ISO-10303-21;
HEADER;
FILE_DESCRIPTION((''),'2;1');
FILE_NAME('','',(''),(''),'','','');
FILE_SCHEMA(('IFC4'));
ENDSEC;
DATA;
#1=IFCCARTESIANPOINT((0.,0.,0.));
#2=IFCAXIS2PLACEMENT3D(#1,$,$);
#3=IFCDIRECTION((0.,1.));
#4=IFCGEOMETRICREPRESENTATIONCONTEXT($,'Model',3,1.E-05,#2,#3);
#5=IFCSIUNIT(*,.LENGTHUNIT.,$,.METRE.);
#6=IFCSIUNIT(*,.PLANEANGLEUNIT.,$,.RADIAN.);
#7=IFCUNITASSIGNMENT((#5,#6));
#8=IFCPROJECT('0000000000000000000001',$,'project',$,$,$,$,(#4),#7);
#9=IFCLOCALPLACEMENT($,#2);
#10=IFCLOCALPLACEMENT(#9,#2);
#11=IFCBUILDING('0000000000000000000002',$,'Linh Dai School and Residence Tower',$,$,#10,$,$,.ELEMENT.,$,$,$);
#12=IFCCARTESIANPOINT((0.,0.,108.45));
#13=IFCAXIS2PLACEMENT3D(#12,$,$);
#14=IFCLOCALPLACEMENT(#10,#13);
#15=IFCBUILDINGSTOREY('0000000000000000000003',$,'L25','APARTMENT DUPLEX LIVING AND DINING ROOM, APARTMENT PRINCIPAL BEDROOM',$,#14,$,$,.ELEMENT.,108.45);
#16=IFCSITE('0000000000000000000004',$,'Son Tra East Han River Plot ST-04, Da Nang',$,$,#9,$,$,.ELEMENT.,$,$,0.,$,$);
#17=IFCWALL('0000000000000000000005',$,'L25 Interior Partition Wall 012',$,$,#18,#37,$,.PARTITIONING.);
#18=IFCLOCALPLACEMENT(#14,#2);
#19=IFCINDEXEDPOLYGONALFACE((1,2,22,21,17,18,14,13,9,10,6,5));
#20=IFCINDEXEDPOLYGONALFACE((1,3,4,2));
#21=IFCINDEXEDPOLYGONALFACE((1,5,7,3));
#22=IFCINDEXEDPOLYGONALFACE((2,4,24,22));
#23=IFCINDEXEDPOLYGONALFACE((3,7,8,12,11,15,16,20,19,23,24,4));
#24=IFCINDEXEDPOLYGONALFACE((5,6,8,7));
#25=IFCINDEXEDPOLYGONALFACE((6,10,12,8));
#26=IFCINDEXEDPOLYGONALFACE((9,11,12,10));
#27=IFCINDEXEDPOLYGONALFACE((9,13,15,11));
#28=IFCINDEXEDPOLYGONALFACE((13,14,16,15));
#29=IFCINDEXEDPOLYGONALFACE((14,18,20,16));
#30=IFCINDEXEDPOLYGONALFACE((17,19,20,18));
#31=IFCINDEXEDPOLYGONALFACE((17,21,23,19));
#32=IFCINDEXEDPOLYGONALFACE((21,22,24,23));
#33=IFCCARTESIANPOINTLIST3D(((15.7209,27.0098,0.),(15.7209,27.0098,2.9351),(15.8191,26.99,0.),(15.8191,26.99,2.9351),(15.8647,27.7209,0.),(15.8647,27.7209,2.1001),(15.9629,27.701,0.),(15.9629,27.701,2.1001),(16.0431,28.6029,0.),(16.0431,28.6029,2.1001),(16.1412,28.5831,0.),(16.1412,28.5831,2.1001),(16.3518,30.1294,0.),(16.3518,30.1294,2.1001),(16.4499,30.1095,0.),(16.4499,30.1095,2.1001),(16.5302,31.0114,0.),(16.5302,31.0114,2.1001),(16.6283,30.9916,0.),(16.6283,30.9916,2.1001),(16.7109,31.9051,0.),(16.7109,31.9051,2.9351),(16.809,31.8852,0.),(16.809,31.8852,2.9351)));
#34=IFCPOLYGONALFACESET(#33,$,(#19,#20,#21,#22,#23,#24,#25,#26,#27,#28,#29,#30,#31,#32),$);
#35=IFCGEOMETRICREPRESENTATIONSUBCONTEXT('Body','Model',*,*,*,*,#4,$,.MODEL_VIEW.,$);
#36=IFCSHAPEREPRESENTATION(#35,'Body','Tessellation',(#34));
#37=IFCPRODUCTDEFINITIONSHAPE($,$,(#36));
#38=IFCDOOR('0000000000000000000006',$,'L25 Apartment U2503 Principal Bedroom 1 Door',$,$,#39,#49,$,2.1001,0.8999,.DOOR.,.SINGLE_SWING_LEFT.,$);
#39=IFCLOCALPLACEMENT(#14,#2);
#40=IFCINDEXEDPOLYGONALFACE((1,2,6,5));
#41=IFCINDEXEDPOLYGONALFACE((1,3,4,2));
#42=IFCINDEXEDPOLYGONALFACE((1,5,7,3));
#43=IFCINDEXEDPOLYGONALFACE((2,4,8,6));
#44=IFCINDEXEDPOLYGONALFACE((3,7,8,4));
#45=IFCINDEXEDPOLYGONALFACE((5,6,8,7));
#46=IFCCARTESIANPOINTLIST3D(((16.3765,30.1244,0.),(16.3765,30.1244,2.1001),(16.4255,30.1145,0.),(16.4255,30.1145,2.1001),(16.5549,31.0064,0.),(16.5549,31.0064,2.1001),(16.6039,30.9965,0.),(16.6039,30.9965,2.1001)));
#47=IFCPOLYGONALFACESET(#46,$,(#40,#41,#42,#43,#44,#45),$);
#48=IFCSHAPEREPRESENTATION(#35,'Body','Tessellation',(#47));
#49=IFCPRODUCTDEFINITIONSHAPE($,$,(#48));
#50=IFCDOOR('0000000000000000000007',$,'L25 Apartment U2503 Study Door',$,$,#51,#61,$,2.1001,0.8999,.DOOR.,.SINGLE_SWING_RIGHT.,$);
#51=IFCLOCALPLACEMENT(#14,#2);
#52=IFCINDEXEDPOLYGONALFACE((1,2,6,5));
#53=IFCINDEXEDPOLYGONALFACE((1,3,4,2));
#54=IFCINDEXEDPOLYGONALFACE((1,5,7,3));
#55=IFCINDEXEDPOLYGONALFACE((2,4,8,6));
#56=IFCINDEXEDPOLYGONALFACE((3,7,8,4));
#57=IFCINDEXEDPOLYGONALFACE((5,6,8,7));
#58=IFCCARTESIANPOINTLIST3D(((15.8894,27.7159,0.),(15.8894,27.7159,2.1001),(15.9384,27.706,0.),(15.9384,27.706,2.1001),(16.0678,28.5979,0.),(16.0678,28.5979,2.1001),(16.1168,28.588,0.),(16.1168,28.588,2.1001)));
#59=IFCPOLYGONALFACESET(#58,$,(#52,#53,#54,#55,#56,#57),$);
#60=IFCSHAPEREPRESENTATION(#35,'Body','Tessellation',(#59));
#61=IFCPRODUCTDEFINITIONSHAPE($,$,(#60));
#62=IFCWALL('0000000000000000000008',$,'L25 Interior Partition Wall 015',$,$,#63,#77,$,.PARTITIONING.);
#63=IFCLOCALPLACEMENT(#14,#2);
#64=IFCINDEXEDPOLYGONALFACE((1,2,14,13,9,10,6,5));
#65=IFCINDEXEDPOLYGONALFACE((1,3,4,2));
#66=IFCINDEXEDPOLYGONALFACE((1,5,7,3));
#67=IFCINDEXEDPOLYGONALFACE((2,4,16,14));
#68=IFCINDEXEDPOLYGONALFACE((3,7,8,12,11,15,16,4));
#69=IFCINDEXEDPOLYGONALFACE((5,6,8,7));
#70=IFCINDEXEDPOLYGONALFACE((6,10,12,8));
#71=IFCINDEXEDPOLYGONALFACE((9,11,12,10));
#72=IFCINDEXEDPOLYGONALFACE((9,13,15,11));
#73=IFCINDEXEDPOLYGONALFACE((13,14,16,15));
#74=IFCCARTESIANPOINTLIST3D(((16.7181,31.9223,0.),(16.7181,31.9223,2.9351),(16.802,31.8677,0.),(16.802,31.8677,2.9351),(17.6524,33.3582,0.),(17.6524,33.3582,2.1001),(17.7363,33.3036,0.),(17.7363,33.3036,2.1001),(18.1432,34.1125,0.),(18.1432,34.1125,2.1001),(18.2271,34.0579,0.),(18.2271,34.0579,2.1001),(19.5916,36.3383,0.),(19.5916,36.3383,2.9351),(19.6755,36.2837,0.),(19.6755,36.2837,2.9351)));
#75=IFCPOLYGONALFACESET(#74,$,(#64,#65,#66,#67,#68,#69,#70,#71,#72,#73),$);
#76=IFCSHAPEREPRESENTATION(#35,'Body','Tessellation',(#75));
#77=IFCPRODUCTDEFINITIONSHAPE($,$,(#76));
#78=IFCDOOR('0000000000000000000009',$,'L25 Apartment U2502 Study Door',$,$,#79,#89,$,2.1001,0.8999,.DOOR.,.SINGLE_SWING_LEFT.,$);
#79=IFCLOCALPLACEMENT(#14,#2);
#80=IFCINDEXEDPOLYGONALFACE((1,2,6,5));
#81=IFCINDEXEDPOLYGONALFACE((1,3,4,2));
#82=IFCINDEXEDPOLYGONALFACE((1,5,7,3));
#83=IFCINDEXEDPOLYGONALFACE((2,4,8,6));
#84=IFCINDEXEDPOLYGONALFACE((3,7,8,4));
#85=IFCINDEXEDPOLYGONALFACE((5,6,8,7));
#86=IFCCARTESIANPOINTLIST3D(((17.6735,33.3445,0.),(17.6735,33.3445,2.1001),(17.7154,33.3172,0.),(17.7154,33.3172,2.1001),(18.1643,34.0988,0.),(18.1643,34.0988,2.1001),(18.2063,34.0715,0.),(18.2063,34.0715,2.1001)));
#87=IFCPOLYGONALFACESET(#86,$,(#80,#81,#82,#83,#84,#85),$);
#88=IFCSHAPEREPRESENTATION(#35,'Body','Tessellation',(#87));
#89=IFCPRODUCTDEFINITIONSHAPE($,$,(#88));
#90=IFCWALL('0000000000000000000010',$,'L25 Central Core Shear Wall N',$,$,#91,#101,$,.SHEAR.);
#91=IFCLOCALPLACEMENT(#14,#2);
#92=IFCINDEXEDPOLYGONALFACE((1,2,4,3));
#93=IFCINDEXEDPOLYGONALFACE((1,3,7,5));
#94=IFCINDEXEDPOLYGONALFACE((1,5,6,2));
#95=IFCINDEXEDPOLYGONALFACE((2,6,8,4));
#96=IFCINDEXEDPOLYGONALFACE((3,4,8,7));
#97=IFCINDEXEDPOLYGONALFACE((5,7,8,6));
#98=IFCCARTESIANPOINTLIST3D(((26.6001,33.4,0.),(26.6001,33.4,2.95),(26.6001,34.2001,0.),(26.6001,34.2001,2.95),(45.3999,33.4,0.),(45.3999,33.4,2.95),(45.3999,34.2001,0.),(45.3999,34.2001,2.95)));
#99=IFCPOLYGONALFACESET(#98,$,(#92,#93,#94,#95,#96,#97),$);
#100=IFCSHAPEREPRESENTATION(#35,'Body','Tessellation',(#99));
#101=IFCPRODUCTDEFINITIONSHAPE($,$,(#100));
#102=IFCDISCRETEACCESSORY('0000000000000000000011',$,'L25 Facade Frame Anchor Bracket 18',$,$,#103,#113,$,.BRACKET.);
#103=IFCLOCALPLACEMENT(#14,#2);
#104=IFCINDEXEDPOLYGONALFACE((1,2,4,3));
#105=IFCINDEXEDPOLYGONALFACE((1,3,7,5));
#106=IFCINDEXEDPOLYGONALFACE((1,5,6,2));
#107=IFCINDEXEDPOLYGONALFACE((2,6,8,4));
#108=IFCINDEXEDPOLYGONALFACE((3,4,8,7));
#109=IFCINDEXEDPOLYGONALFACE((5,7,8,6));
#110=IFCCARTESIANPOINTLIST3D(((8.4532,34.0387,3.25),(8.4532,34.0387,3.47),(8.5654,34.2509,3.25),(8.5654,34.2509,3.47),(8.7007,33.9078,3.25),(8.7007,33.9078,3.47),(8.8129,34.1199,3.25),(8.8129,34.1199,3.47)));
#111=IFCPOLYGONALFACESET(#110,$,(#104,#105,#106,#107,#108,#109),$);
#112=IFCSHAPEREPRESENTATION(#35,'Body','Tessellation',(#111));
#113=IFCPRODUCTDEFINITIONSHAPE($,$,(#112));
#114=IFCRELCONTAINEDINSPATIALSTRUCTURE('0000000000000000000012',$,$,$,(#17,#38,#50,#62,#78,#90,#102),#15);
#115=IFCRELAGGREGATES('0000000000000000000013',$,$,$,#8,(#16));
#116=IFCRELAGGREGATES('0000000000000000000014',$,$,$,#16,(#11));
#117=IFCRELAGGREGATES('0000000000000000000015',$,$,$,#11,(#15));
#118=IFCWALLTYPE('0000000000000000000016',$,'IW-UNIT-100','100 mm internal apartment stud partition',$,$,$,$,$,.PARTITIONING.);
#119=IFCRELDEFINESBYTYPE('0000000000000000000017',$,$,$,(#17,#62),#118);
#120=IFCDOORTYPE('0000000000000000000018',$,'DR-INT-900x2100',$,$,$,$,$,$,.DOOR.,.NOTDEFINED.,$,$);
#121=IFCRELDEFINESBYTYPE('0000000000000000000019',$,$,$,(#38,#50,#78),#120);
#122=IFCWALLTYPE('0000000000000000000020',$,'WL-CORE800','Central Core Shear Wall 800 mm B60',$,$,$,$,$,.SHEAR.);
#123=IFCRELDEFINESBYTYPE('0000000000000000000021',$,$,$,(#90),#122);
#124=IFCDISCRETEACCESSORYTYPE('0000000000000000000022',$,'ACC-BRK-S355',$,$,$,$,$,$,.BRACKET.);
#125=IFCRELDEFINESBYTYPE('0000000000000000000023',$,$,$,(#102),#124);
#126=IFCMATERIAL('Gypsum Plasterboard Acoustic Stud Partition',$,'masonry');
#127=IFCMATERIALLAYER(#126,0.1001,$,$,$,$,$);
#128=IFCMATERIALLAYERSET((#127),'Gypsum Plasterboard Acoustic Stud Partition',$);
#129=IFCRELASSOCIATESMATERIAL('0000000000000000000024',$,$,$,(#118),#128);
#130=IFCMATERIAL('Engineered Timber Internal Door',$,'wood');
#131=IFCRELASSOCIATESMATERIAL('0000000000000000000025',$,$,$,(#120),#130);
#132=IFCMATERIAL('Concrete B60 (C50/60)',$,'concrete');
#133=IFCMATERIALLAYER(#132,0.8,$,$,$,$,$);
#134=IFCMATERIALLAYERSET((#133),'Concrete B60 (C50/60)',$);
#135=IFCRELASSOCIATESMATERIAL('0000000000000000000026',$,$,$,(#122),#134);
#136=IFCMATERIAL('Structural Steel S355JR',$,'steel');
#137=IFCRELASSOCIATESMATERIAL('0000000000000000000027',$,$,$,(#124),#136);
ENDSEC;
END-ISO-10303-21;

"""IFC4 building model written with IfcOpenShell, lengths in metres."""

from ifc_helpers import new_model, si_unit, direction, frame, frame_2d, origin, origin_2d, place, context, subcontext, project, spatial, rectangle, extrude, source, transform, mapped, material, layer, layer_set, type_object, element, fill, save


model = new_model("IFC4")

# Units and contexts
model_context = context("Model", 3, precision=1e-05, world=origin(), true_north=direction((0.0, 1.0)))
body_context = subcontext(model_context, "Body", "Model", "MODEL_VIEW")
ifc_project = project(units=[si_unit("LENGTHUNIT", "METRE"), si_unit("PLANEANGLEUNIT", "RADIAN")], contexts=[model_context])

# Site, building, storey
site_placement = place(None, origin())
site = spatial("IfcSite", under=ifc_project, at=site_placement, Name="Son Tra East Han River Plot ST-04, Da Nang", CompositionType="ELEMENT", RefElevation=0.0)
building_placement = place(site_placement, origin())
building = spatial("IfcBuilding", under=site, at=building_placement, Name="Linh Dai School and Residence Tower", CompositionType="ELEMENT")
storey_placement = place(building_placement, frame((0.0, 0.0, 108.45)))
storey = spatial("IfcBuildingStorey", under=building, at=storey_placement, Name="L25", Description="APARTMENT DUPLEX LIVING AND DINING ROOM, APARTMENT PRINCIPAL BEDROOM", CompositionType="ELEMENT", Elevation=108.45)

# Shared definitions
ifc_material_1 = material(Name="Concrete B60 (C50/60)", Category="concrete")
ifc_material_2 = material(Name="Structural Steel S355JR", Category="steel")

# Shared definitions
ifc_material_3 = material(Name="Gypsum Plasterboard Acoustic Stud Partition", Category="masonry")
ifc_layer_1 = layer(ifc_material_3, 0.1001)
ifc_layer_set_1 = layer_set([ifc_layer_1], Name="Gypsum Plasterboard Acoustic Stud Partition")
wall_type_1 = type_object("IfcWallType", Name="IW-UNIT-100", Description="100 mm internal apartment stud partition", PredefinedType="PARTITIONING", material=ifc_layer_set_1)

# Wall, openings, doors
wall_1_placement = place(storey_placement, frame((15.77, 27.0, 0.0), z_axis=(0.0, 0.0, 1.0), x_axis=(0.198221, 0.980157, 0.0)))
wall_1 = element("IfcWall", 1, at=wall_1_placement, inside=storey, type_object=wall_type_1, Name="L25 Interior Partition Wall 012", PredefinedType="PARTITIONING", context=body_context, shape_type="SweptSolid", body=[
    extrude(rectangle(XDim=4.9944, YDim=0.1001, at=frame_2d((2.4971, 0.0))), origin(), (0.0, 0.0, 1.0), 2.9351),
])
opening_1_placement = place(wall_1_placement, frame((3.1826, 0.0, 0.0)))
opening_1 = element("IfcOpeningElement", 2, at=opening_1_placement, cuts=wall_1, PredefinedType="OPENING", context=body_context, shape_type="SweptSolid", body=[
    extrude(rectangle(XDim=0.8999, YDim=2.1001, at=origin_2d()), frame((0.45, 0.0601, 1.05), z_axis=(0.0, -1.0, 0.0), x_axis=(1.0, 0.0, 0.0)), (0.0, 0.0, 1.0), 0.1201),
])
opening_2_placement = place(wall_1_placement, frame((0.7253, 0.0, 0.0)))
opening_2 = element("IfcOpeningElement", 3, at=opening_2_placement, cuts=wall_1, PredefinedType="OPENING", context=body_context, shape_type="SweptSolid", body=[
    extrude(rectangle(XDim=0.8999, YDim=2.1001, at=origin_2d()), frame((0.45, 0.0601, 1.05), z_axis=(0.0, -1.0, 0.0), x_axis=(1.0, 0.0, 0.0)), (0.0, 0.0, 1.0), 0.1201),
])
ifc_material_4 = material(Name="Engineered Timber Internal Door", Category="wood")
door_type = type_object("IfcDoorType", Name="DR-INT-900x2100", OperationType="NOTDEFINED", PredefinedType="DOOR", material=ifc_material_4)
shared_shape_1 = source(origin(), body_context, "Body", "SweptSolid", [
    extrude(rectangle(XDim=0.8999, YDim=2.1001, at=origin_2d()), frame((0.45, 0.0249, 1.05), z_axis=(0.0, -1.0, 0.0), x_axis=(1.0, 0.0, 0.0)), (0.0, 0.0, 1.0), 0.05),
])
door_1_placement = place(opening_1_placement, origin())
door_1 = element("IfcDoor", 4, at=door_1_placement, inside=storey, type_object=door_type, Name="L25 Apartment U2503 Principal Bedroom 1 Door", OperationType="SINGLE_SWING_LEFT", OverallHeight=2.1001, OverallWidth=0.8999, PredefinedType="DOOR", context=body_context, shape_type="MappedRepresentation", body=[
    mapped(shared_shape_1, transform((0.0, 0.0, 0.0), x_axis=(1.0, 0.0, 0.0), y_axis=(0.0, 1.0, 0.0), z_axis=(0.0, 0.0, 1.0), scale=1.0)),
])
fill(opening_1, door_1)
door_2_placement = place(opening_2_placement, origin())
door_2 = element("IfcDoor", 5, at=door_2_placement, inside=storey, type_object=door_type, Name="L25 Apartment U2503 Study Door", OperationType="SINGLE_SWING_RIGHT", OverallHeight=2.1001, OverallWidth=0.8999, PredefinedType="DOOR", context=body_context, shape_type="MappedRepresentation", body=[
    mapped(shared_shape_1, transform((0.0, 0.0, 0.0), x_axis=(1.0, 0.0, 0.0), y_axis=(0.0, 1.0, 0.0), z_axis=(0.0, 0.0, 1.0), scale=1.0)),
])
fill(opening_2, door_2)

# Wall, opening, door
wall_2_placement = place(storey_placement, frame((16.76, 31.895, 0.0), z_axis=(0.0, 0.0, 1.0), x_axis=(0.545405, 0.838172, 0.0)))
wall_2 = element("IfcWall", 6, at=wall_2_placement, inside=storey, type_object=wall_type_1, Name="L25 Interior Partition Wall 015", PredefinedType="PARTITIONING", context=body_context, shape_type="SweptSolid", body=[
    extrude(rectangle(XDim=5.2686, YDim=0.1001, at=frame_2d((2.6343, 0.0))), origin(), (0.0, 0.0, 1.0), 2.9351),
])
opening_3_placement = place(wall_2_placement, frame((1.7131, 0.0, 0.0)))
opening_3 = element("IfcOpeningElement", 7, at=opening_3_placement, cuts=wall_2, PredefinedType="OPENING", context=body_context, shape_type="SweptSolid", body=[
    extrude(rectangle(XDim=0.8999, YDim=2.1001, at=origin_2d()), frame((0.45, 0.0601, 1.05), z_axis=(0.0, -1.0, 0.0), x_axis=(1.0, 0.0, 0.0)), (0.0, 0.0, 1.0), 0.1201),
])
door_3_placement = place(opening_3_placement, origin())
door_3 = element("IfcDoor", 8, at=door_3_placement, inside=storey, type_object=door_type, Name="L25 Apartment U2502 Study Door", OperationType="SINGLE_SWING_LEFT", OverallHeight=2.1001, OverallWidth=0.8999, PredefinedType="DOOR", context=body_context, shape_type="MappedRepresentation", body=[
    mapped(shared_shape_1, transform((0.0, 0.0, 0.0), x_axis=(1.0, 0.0, 0.0), y_axis=(0.0, 1.0, 0.0), z_axis=(0.0, 0.0, 1.0), scale=1.0)),
])
fill(opening_3, door_3)

# Wall
ifc_layer_2 = layer(ifc_material_1, 0.8)
ifc_layer_set_2 = layer_set([ifc_layer_2], Name="Concrete B60 (C50/60)")
wall_type_2 = type_object("IfcWallType", Name="WL-CORE800", Description="Central Core Shear Wall 800 mm B60", PredefinedType="SHEAR", material=ifc_layer_set_2)
wall_3_placement = place(storey_placement, frame((26.6001, 33.8, 0.0), z_axis=(0.0, 0.0, 1.0), x_axis=(1.0, 0.0, 0.0)))
element("IfcWall", 9, at=wall_3_placement, inside=storey, type_object=wall_type_2, Name="L25 Central Core Shear Wall N", PredefinedType="SHEAR", context=body_context, shape_type="SweptSolid", body=[
    extrude(rectangle(XDim=18.7998, YDim=0.8, at=frame_2d((9.3999, 0.0))), origin(), (0.0, 0.0, 1.0), 2.95),
])

# Discrete accessory
discrete_accessory_type = type_object("IfcDiscreteAccessoryType", Name="ACC-BRK-S355", PredefinedType="BRACKET", material=ifc_material_2)
shared_shape_2 = source(origin(), body_context, "Body", "SweptSolid", [
    extrude(rectangle(XDim=0.28, YDim=0.24, at=origin_2d()), origin(), (0.0, 0.0, 1.0), 0.22),
])
discrete_accessory_placement = place(storey_placement, frame((8.6331, 34.0793, 3.25), z_axis=(0.0, 0.0, 1.0), x_axis=(-0.883942, 0.467596, 0.0)))
element("IfcDiscreteAccessory", 10, at=discrete_accessory_placement, inside=storey, type_object=discrete_accessory_type, Name="L25 Facade Frame Anchor Bracket 18", PredefinedType="BRACKET", context=body_context, shape_type="MappedRepresentation", body=[
    mapped(shared_shape_2, transform((0.0, 0.0, 0.0), x_axis=(1.0, 0.0, 0.0), y_axis=(0.0, 1.0, 0.0), z_axis=(0.0, 0.0, 1.0), scale=1.0)),
])

save(model, "model.ifc")
